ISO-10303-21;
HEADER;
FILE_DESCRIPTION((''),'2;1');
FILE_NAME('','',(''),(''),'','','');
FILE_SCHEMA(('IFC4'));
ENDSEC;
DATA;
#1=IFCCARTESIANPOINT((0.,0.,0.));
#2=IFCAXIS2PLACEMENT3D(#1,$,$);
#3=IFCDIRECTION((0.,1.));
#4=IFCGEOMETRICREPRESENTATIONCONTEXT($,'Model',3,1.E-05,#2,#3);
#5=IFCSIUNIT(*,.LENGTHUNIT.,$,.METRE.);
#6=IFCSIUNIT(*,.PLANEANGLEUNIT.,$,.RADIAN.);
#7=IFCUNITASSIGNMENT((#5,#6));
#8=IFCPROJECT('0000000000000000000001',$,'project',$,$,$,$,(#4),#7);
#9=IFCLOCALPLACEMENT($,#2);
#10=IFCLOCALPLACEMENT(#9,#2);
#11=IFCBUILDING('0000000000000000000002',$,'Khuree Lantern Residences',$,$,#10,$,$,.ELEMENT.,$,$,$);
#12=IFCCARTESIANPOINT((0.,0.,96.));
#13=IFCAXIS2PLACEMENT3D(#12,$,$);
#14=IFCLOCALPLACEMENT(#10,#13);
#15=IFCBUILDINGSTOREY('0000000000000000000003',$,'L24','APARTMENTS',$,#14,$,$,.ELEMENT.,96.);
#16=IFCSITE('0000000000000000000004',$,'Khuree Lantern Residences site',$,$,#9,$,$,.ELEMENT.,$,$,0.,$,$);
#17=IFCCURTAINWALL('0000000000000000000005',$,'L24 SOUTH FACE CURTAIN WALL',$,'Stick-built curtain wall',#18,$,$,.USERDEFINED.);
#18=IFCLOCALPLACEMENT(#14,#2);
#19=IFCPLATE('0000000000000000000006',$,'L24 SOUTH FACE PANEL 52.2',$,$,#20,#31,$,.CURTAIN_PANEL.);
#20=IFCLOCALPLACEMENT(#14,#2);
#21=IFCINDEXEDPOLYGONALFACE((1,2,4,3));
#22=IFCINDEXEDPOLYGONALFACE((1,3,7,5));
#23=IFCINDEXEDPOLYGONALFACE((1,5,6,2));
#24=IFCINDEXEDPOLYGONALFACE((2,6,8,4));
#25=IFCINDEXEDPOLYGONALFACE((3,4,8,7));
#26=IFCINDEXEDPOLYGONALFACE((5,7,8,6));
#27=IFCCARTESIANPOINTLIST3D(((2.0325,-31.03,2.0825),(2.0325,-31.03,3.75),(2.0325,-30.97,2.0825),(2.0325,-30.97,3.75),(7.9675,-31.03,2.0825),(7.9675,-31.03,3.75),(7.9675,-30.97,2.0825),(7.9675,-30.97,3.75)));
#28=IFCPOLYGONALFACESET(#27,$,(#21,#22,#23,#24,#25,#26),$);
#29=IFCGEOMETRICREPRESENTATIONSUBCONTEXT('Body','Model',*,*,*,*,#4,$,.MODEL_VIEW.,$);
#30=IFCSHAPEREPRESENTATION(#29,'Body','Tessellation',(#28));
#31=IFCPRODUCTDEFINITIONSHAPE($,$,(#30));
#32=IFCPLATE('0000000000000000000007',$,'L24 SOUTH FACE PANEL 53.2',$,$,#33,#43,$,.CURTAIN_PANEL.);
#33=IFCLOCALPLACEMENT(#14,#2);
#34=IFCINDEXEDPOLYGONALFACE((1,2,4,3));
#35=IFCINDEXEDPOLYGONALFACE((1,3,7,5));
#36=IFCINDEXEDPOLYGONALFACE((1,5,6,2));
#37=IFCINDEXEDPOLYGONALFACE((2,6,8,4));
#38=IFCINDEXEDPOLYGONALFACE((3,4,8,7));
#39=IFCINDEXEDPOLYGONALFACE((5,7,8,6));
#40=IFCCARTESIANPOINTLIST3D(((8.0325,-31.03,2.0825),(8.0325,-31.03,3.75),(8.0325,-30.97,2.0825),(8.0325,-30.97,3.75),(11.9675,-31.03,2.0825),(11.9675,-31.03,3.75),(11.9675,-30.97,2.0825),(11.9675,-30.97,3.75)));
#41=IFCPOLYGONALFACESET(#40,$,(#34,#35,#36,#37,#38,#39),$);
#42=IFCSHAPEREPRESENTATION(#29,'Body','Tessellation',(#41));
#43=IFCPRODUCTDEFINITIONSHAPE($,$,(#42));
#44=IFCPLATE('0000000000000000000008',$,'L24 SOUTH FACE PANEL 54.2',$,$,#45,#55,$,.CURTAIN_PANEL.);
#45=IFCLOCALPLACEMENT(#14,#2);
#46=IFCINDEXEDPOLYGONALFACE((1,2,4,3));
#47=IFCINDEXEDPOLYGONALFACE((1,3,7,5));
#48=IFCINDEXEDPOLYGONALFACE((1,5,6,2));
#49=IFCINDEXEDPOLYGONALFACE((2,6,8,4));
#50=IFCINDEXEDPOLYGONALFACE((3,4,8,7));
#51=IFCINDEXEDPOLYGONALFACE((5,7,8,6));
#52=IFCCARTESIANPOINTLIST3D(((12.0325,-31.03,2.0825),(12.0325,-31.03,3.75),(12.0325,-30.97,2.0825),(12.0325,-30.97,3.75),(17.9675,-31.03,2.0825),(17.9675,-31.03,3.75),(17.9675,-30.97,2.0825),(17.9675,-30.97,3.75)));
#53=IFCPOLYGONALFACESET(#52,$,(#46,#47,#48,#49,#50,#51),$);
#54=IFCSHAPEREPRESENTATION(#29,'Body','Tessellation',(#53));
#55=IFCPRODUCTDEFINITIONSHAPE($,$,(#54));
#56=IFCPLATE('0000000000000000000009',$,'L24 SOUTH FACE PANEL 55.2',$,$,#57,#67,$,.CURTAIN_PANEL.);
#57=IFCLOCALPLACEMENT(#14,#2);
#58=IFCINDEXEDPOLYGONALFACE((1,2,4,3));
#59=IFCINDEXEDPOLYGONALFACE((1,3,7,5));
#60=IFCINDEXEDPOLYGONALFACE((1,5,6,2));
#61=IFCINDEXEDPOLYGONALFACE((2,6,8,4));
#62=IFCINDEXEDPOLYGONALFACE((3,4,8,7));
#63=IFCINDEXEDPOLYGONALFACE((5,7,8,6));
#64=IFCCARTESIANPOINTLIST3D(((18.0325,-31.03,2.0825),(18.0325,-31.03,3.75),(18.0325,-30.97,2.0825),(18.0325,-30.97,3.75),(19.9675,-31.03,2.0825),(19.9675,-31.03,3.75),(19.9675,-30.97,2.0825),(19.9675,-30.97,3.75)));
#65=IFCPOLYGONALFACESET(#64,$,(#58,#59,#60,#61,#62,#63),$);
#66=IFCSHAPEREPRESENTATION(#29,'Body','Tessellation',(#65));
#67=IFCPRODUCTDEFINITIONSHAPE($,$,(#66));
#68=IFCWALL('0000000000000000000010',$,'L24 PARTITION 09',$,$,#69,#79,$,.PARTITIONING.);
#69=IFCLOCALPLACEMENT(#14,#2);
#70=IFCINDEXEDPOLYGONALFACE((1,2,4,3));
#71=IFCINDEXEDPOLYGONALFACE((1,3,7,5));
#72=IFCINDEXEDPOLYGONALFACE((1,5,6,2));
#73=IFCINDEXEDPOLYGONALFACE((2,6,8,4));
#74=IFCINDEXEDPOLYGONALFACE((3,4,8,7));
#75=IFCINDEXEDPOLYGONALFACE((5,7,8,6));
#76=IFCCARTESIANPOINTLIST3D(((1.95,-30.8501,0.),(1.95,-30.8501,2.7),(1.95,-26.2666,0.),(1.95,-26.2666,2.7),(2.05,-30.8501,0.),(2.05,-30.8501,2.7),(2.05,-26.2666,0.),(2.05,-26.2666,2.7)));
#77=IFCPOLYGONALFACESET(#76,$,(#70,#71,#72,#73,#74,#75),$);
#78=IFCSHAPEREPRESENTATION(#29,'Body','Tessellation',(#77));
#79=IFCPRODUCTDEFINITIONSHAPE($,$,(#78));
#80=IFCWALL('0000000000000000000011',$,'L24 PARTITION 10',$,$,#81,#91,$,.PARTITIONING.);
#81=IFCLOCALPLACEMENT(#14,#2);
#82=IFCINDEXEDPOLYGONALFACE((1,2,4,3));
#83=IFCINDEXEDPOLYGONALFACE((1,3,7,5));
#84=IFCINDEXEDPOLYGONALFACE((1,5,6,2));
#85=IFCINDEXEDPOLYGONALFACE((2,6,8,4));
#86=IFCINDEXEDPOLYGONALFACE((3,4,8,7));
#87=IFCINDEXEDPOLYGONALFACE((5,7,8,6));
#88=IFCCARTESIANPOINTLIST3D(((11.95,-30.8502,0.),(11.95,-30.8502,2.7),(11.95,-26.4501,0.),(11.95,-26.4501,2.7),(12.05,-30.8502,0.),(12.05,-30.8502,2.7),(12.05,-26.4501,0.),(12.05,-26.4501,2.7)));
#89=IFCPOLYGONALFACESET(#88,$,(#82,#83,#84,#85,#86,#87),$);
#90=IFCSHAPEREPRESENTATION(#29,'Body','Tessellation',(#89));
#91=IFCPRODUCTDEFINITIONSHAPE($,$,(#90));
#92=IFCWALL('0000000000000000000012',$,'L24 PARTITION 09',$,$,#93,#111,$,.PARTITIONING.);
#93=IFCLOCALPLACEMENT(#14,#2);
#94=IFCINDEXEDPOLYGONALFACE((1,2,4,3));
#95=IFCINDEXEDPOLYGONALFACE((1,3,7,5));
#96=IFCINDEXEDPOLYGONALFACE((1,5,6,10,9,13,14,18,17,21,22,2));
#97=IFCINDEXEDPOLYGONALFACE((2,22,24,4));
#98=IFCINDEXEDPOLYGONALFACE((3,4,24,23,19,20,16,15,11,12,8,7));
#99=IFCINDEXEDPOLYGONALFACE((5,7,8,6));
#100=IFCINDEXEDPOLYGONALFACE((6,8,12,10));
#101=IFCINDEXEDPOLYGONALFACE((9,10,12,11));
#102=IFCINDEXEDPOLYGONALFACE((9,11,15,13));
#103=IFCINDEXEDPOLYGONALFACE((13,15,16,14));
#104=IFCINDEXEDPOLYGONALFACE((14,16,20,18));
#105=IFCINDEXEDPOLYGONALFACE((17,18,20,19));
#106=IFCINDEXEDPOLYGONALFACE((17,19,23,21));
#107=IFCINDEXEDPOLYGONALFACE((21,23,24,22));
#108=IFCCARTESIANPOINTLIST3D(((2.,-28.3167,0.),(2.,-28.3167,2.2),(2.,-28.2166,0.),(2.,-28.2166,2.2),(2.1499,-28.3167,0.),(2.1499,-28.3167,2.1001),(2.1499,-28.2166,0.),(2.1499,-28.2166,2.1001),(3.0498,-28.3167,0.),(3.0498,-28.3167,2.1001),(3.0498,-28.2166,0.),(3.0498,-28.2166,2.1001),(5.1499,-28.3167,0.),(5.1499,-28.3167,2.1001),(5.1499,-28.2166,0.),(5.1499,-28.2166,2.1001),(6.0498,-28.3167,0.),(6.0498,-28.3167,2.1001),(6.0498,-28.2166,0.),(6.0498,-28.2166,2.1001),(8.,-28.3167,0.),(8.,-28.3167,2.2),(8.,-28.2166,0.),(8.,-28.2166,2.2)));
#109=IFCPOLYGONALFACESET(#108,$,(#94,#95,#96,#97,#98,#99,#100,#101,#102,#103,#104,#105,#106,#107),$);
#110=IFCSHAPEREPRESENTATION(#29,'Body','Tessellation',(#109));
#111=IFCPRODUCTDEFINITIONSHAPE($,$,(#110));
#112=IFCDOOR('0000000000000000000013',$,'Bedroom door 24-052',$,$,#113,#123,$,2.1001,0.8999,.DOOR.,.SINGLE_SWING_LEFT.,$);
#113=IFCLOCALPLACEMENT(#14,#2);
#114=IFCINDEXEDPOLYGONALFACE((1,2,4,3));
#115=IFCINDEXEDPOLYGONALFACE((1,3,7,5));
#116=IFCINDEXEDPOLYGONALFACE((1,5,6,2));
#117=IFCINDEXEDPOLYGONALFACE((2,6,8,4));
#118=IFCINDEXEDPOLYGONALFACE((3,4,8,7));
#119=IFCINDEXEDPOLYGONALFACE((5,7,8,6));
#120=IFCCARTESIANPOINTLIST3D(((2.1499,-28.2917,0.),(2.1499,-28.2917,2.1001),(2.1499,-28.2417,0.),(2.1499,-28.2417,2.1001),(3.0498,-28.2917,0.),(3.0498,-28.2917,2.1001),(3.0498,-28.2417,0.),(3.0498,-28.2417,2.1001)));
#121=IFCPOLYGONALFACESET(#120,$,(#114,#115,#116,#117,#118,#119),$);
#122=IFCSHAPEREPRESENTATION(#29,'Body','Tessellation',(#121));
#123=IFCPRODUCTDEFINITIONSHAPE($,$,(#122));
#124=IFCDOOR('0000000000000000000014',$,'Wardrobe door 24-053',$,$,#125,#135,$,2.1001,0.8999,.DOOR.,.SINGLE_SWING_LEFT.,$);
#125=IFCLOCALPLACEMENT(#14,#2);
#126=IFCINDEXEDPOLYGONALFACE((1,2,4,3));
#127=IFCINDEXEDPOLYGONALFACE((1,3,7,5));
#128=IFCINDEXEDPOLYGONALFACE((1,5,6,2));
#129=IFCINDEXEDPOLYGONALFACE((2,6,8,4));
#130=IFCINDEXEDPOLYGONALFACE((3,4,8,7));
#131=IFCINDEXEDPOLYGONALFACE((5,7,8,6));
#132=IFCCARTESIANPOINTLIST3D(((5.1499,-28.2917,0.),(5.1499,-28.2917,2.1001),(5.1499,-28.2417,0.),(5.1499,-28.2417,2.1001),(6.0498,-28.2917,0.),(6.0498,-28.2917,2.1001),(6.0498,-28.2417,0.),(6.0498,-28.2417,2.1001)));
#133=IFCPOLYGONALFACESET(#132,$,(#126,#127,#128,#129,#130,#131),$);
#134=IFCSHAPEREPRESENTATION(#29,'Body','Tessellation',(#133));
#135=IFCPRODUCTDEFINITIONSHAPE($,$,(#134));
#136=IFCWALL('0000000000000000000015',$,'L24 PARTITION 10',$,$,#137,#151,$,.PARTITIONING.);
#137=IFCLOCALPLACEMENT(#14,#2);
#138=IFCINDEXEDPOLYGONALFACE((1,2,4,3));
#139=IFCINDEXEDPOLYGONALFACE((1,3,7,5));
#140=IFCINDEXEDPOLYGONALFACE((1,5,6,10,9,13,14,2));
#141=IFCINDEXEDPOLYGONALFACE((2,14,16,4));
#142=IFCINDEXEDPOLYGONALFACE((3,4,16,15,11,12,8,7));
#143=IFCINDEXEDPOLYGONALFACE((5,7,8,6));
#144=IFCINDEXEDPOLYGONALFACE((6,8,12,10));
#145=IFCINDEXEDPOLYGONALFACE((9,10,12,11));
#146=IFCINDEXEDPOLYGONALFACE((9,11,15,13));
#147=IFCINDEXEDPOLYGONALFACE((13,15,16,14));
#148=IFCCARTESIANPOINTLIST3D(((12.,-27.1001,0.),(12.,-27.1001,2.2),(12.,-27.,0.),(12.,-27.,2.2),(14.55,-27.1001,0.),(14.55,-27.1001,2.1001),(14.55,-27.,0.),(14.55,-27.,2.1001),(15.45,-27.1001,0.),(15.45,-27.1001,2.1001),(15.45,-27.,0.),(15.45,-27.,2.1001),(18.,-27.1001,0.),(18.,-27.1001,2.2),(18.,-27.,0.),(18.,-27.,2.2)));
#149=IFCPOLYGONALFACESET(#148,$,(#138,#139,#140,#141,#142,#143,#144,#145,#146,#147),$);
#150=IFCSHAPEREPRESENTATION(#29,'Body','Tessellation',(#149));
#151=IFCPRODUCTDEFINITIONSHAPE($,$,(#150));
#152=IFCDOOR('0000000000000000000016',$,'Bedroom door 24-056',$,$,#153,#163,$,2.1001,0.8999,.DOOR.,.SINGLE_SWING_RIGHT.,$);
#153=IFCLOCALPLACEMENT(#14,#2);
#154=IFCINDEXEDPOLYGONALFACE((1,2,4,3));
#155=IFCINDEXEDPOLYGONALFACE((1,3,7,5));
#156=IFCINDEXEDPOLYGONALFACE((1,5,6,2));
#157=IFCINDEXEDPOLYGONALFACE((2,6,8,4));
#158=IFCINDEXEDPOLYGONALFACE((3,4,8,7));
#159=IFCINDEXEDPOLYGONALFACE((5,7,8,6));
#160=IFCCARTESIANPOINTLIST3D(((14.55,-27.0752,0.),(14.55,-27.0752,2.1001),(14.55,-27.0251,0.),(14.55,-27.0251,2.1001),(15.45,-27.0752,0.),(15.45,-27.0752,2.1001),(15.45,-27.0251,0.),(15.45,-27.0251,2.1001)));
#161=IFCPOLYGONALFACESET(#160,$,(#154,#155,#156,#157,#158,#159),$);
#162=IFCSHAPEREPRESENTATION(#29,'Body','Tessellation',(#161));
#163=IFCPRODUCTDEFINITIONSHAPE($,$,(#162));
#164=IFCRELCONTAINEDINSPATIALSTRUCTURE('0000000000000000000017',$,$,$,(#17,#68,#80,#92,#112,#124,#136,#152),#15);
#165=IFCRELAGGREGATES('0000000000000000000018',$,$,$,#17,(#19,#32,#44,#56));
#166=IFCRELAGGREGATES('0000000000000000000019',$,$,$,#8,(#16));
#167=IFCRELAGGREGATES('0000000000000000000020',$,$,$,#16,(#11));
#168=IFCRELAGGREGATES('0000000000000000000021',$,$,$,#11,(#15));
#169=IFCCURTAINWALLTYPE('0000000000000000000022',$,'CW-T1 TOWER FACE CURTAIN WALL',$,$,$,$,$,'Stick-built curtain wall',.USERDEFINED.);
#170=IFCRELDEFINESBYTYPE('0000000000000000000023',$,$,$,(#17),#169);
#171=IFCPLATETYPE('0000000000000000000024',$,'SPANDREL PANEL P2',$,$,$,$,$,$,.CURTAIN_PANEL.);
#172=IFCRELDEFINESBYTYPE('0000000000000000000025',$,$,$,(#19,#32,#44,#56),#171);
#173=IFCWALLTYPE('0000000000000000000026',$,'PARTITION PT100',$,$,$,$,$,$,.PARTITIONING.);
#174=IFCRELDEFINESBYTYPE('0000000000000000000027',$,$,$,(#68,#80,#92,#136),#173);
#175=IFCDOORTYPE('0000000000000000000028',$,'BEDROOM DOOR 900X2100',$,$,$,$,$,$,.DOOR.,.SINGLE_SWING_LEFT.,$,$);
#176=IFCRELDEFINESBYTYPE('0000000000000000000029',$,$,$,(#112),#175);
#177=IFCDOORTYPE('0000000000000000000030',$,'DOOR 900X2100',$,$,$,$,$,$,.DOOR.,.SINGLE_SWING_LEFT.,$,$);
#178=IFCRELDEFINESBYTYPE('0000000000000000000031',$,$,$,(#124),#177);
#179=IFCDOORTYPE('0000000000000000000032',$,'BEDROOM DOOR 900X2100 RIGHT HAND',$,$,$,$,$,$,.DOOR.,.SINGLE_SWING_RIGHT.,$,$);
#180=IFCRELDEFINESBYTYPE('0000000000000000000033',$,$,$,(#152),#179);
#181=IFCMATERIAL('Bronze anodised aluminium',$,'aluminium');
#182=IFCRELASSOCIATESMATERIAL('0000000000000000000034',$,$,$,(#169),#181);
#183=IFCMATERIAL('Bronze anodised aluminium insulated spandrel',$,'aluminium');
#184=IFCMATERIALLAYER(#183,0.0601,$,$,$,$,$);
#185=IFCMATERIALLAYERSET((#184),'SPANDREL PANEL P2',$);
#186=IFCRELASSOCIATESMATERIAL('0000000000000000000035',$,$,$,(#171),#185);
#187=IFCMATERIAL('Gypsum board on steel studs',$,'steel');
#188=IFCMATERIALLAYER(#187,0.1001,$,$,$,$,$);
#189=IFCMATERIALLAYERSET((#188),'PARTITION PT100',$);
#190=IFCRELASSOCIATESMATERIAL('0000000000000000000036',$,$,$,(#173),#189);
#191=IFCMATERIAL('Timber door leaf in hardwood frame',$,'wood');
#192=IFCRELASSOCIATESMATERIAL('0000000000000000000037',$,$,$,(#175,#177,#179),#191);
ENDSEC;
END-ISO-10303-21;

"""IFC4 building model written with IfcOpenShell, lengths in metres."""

from ifc_helpers import new_model, si_unit, direction, frame, frame_2d, origin, origin_2d, place, context, subcontext, project, spatial, rectangle, extrude, material, layer, layer_set, type_object, element, fill, aggregate, save


model = new_model("IFC4")

# Units and contexts
model_context = context("Model", 3, precision=1e-05, world=origin(), true_north=direction((0.0, 1.0)))
body_context = subcontext(model_context, "Body", "Model", "MODEL_VIEW")
ifc_project = project(units=[si_unit("LENGTHUNIT", "METRE"), si_unit("PLANEANGLEUNIT", "RADIAN")], contexts=[model_context])

# Site, building, storey
site_placement = place(None, origin())
site = spatial("IfcSite", under=ifc_project, at=site_placement, Name="Khuree Lantern Residences site", CompositionType="ELEMENT", RefElevation=0.0)
building_placement = place(site_placement, origin())
building = spatial("IfcBuilding", under=site, at=building_placement, Name="Khuree Lantern Residences", CompositionType="ELEMENT")
storey_placement = place(building_placement, frame((0.0, 0.0, 96.0)))
storey = spatial("IfcBuildingStorey", under=building, at=storey_placement, Name="L24", Description="APARTMENTS", CompositionType="ELEMENT", Elevation=96.0)

# Curtain wall
ifc_material_1 = material(Name="Bronze anodised aluminium", Category="aluminium")
curtain_wall_type = type_object("IfcCurtainWallType", Name="CW-T1 TOWER FACE CURTAIN WALL", ElementType="Stick-built curtain wall", PredefinedType="USERDEFINED", material=ifc_material_1)
curtain_wall_placement = place(storey_placement, origin())
curtain_wall = element("IfcCurtainWall", 1, at=curtain_wall_placement, inside=storey, type_object=curtain_wall_type, Name="L24 SOUTH FACE CURTAIN WALL", ObjectType="Stick-built curtain wall", PredefinedType="USERDEFINED")

# Plates
ifc_material_2 = material(Name="Bronze anodised aluminium insulated spandrel", Category="aluminium")
ifc_layer_1 = layer(ifc_material_2, 0.0601)
ifc_layer_set_1 = layer_set([ifc_layer_1], Name="SPANDREL PANEL P2")
plate_type_1 = type_object("IfcPlateType", Name="SPANDREL PANEL P2", PredefinedType="CURTAIN_PANEL", material=ifc_layer_set_1)
plate_1_placement = place(storey_placement, frame((5.0, -31.0, 2.0825), z_axis=(0.0, 0.0, 1.0), x_axis=(1.0, 0.0, 0.0)))
plate_1 = element("IfcPlate", 2, at=plate_1_placement, type_object=plate_type_1, Name="L24 SOUTH FACE PANEL 52.2", PredefinedType="CURTAIN_PANEL", context=body_context, shape_type="SweptSolid", body=[
    extrude(rectangle(XDim=5.9351, YDim=0.0601, at=origin_2d()), origin(), (0.0, 0.0, 1.0), 1.6675),
])
plate_2_placement = place(storey_placement, frame((10.0, -31.0, 2.0825), z_axis=(0.0, 0.0, 1.0), x_axis=(1.0, 0.0, 0.0)))
plate_2 = element("IfcPlate", 3, at=plate_2_placement, type_object=plate_type_1, Name="L24 SOUTH FACE PANEL 53.2", PredefinedType="CURTAIN_PANEL", context=body_context, shape_type="SweptSolid", body=[
    extrude(rectangle(XDim=3.9351, YDim=0.0601, at=origin_2d()), origin(), (0.0, 0.0, 1.0), 1.6675),
])
plate_3_placement = place(storey_placement, frame((15.0, -31.0, 2.0825), z_axis=(0.0, 0.0, 1.0), x_axis=(1.0, 0.0, 0.0)))
plate_3 = element("IfcPlate", 4, at=plate_3_placement, type_object=plate_type_1, Name="L24 SOUTH FACE PANEL 54.2", PredefinedType="CURTAIN_PANEL", context=body_context, shape_type="SweptSolid", body=[
    extrude(rectangle(XDim=5.9351, YDim=0.0601, at=origin_2d()), origin(), (0.0, 0.0, 1.0), 1.6675),
])
plate_4_placement = place(storey_placement, frame((19.0, -31.0, 2.0825), z_axis=(0.0, 0.0, 1.0), x_axis=(1.0, 0.0, 0.0)))
plate_4 = element("IfcPlate", 5, at=plate_4_placement, type_object=plate_type_1, Name="L24 SOUTH FACE PANEL 55.2", PredefinedType="CURTAIN_PANEL", context=body_context, shape_type="SweptSolid", body=[
    extrude(rectangle(XDim=1.9351, YDim=0.0601, at=origin_2d()), origin(), (0.0, 0.0, 1.0), 1.6675),
])
aggregate(curtain_wall, [plate_1, plate_2, plate_3, plate_4])

# Walls
ifc_material_3 = material(Name="Gypsum board on steel studs", Category="steel")
ifc_layer_2 = layer(ifc_material_3, 0.1001)
ifc_layer_set_2 = layer_set([ifc_layer_2], Name="PARTITION PT100")
wall_type = type_object("IfcWallType", Name="PARTITION PT100", PredefinedType="PARTITIONING", material=ifc_layer_set_2)
wall_1_placement = place(storey_placement, frame((2.0, -26.2666, 0.0), z_axis=(0.0, 0.0, 1.0), x_axis=(0.0, -1.0, 0.0)))
element("IfcWall", 6, at=wall_1_placement, inside=storey, type_object=wall_type, Name="L24 PARTITION 09", PredefinedType="PARTITIONING", context=body_context, shape_type="SweptSolid", body=[
    extrude(rectangle(XDim=4.5835, YDim=0.1001, at=frame_2d((2.2917, 0.0))), origin(), (0.0, 0.0, 1.0), 2.7),
])
wall_2_placement = place(storey_placement, frame((12.0, -26.45, 0.0), z_axis=(0.0, 0.0, 1.0), x_axis=(0.0, -1.0, 0.0)))
element("IfcWall", 7, at=wall_2_placement, inside=storey, type_object=wall_type, Name="L24 PARTITION 10", PredefinedType="PARTITIONING", context=body_context, shape_type="SweptSolid", body=[
    extrude(rectangle(XDim=4.4001, YDim=0.1001, at=frame_2d((2.2002, 0.0))), origin(), (0.0, 0.0, 1.0), 2.7),
])

# Wall, openings, doors
wall_3_placement = place(storey_placement, frame((2.0, -28.2666, 0.0), z_axis=(0.0, 0.0, 1.0), x_axis=(1.0, 0.0, 0.0)))
wall_3 = element("IfcWall", 8, at=wall_3_placement, inside=storey, type_object=wall_type, Name="L24 PARTITION 09", PredefinedType="PARTITIONING", context=body_context, shape_type="SweptSolid", body=[
    extrude(rectangle(XDim=6.0, YDim=0.1001, at=frame_2d((3.0, 0.0))), origin(), (0.0, 0.0, 1.0), 2.2),
])
opening_1_placement = place(wall_3_placement, frame((0.1499, 0.0, 0.0)))
opening_1 = element("IfcOpeningElement", 9, at=opening_1_placement, cuts=wall_3, PredefinedType="OPENING", context=body_context, shape_type="SweptSolid", body=[
    extrude(rectangle(XDim=0.8999, YDim=2.1001, at=frame_2d((0.45, 1.05))), frame((0.0, 0.0601, 0.0), z_axis=(0.0, -1.0, 0.0), x_axis=(1.0, 0.0, 0.0)), (0.0, 0.0, 1.0), 0.1201),
])
opening_2_placement = place(wall_3_placement, frame((3.1499, 0.0, 0.0)))
opening_2 = element("IfcOpeningElement", 10, at=opening_2_placement, cuts=wall_3, PredefinedType="OPENING", context=body_context, shape_type="SweptSolid", body=[
    extrude(rectangle(XDim=0.8999, YDim=2.1001, at=frame_2d((0.45, 1.05))), frame((0.0, 0.0601, 0.0), z_axis=(0.0, -1.0, 0.0), x_axis=(1.0, 0.0, 0.0)), (0.0, 0.0, 1.0), 0.1201),
])
ifc_material_4 = material(Name="Timber door leaf in hardwood frame", Category="wood")
door_type_1 = type_object("IfcDoorType", Name="BEDROOM DOOR 900X2100", OperationType="SINGLE_SWING_LEFT", PredefinedType="DOOR", material=ifc_material_4)
door_1_placement = place(opening_1_placement, origin())
door_1 = element("IfcDoor", 11, at=door_1_placement, inside=storey, type_object=door_type_1, Name="Bedroom door 24-052", OperationType="SINGLE_SWING_LEFT", OverallHeight=2.1001, OverallWidth=0.8999, PredefinedType="DOOR", context=body_context, shape_type="SweptSolid", body=[
    extrude(rectangle(XDim=0.8999, YDim=2.1001, at=frame_2d((0.45, 1.05))), frame((0.0, 0.0249, 0.0), z_axis=(0.0, -1.0, 0.0), x_axis=(1.0, 0.0, 0.0)), (0.0, 0.0, 1.0), 0.05),
])
fill(opening_1, door_1)
door_type_2 = type_object("IfcDoorType", Name="DOOR 900X2100", OperationType="SINGLE_SWING_LEFT", PredefinedType="DOOR", material=ifc_material_4)
door_2_placement = place(opening_2_placement, origin())
door_2 = element("IfcDoor", 12, at=door_2_placement, inside=storey, type_object=door_type_2, Name="Wardrobe door 24-053", OperationType="SINGLE_SWING_LEFT", OverallHeight=2.1001, OverallWidth=0.8999, PredefinedType="DOOR", context=body_context, shape_type="SweptSolid", body=[
    extrude(rectangle(XDim=0.8999, YDim=2.1001, at=frame_2d((0.45, 1.05))), frame((0.0, 0.0249, 0.0), z_axis=(0.0, -1.0, 0.0), x_axis=(1.0, 0.0, 0.0)), (0.0, 0.0, 1.0), 0.05),
])
fill(opening_2, door_2)

# Wall, opening, door
wall_4_placement = place(storey_placement, frame((12.0, -27.05, 0.0), z_axis=(0.0, 0.0, 1.0), x_axis=(1.0, 0.0, 0.0)))
wall_4 = element("IfcWall", 13, at=wall_4_placement, inside=storey, type_object=wall_type, Name="L24 PARTITION 10", PredefinedType="PARTITIONING", context=body_context, shape_type="SweptSolid", body=[
    extrude(rectangle(XDim=6.0, YDim=0.1001, at=frame_2d((3.0, 0.0))), origin(), (0.0, 0.0, 1.0), 2.2),
])
opening_3_placement = place(wall_4_placement, frame((2.55, 0.0, 0.0)))
opening_3 = element("IfcOpeningElement", 14, at=opening_3_placement, cuts=wall_4, PredefinedType="OPENING", context=body_context, shape_type="SweptSolid", body=[
    extrude(rectangle(XDim=0.8999, YDim=2.1001, at=frame_2d((0.45, 1.05))), frame((0.0, 0.0601, 0.0), z_axis=(0.0, -1.0, 0.0), x_axis=(1.0, 0.0, 0.0)), (0.0, 0.0, 1.0), 0.1201),
])
door_type_3 = type_object("IfcDoorType", Name="BEDROOM DOOR 900X2100 RIGHT HAND", OperationType="SINGLE_SWING_RIGHT", PredefinedType="DOOR", material=ifc_material_4)
door_3_placement = place(opening_3_placement, origin())
door_3 = element("IfcDoor", 15, at=door_3_placement, inside=storey, type_object=door_type_3, Name="Bedroom door 24-056", OperationType="SINGLE_SWING_RIGHT", OverallHeight=2.1001, OverallWidth=0.8999, PredefinedType="DOOR", context=body_context, shape_type="SweptSolid", body=[
    extrude(rectangle(XDim=0.8999, YDim=2.1001, at=frame_2d((0.45, 1.05))), frame((0.0, 0.0249, 0.0), z_axis=(0.0, -1.0, 0.0), x_axis=(1.0, 0.0, 0.0)), (0.0, 0.0, 1.0), 0.05),
])
fill(opening_3, door_3)

save(model, "model.ifc")
